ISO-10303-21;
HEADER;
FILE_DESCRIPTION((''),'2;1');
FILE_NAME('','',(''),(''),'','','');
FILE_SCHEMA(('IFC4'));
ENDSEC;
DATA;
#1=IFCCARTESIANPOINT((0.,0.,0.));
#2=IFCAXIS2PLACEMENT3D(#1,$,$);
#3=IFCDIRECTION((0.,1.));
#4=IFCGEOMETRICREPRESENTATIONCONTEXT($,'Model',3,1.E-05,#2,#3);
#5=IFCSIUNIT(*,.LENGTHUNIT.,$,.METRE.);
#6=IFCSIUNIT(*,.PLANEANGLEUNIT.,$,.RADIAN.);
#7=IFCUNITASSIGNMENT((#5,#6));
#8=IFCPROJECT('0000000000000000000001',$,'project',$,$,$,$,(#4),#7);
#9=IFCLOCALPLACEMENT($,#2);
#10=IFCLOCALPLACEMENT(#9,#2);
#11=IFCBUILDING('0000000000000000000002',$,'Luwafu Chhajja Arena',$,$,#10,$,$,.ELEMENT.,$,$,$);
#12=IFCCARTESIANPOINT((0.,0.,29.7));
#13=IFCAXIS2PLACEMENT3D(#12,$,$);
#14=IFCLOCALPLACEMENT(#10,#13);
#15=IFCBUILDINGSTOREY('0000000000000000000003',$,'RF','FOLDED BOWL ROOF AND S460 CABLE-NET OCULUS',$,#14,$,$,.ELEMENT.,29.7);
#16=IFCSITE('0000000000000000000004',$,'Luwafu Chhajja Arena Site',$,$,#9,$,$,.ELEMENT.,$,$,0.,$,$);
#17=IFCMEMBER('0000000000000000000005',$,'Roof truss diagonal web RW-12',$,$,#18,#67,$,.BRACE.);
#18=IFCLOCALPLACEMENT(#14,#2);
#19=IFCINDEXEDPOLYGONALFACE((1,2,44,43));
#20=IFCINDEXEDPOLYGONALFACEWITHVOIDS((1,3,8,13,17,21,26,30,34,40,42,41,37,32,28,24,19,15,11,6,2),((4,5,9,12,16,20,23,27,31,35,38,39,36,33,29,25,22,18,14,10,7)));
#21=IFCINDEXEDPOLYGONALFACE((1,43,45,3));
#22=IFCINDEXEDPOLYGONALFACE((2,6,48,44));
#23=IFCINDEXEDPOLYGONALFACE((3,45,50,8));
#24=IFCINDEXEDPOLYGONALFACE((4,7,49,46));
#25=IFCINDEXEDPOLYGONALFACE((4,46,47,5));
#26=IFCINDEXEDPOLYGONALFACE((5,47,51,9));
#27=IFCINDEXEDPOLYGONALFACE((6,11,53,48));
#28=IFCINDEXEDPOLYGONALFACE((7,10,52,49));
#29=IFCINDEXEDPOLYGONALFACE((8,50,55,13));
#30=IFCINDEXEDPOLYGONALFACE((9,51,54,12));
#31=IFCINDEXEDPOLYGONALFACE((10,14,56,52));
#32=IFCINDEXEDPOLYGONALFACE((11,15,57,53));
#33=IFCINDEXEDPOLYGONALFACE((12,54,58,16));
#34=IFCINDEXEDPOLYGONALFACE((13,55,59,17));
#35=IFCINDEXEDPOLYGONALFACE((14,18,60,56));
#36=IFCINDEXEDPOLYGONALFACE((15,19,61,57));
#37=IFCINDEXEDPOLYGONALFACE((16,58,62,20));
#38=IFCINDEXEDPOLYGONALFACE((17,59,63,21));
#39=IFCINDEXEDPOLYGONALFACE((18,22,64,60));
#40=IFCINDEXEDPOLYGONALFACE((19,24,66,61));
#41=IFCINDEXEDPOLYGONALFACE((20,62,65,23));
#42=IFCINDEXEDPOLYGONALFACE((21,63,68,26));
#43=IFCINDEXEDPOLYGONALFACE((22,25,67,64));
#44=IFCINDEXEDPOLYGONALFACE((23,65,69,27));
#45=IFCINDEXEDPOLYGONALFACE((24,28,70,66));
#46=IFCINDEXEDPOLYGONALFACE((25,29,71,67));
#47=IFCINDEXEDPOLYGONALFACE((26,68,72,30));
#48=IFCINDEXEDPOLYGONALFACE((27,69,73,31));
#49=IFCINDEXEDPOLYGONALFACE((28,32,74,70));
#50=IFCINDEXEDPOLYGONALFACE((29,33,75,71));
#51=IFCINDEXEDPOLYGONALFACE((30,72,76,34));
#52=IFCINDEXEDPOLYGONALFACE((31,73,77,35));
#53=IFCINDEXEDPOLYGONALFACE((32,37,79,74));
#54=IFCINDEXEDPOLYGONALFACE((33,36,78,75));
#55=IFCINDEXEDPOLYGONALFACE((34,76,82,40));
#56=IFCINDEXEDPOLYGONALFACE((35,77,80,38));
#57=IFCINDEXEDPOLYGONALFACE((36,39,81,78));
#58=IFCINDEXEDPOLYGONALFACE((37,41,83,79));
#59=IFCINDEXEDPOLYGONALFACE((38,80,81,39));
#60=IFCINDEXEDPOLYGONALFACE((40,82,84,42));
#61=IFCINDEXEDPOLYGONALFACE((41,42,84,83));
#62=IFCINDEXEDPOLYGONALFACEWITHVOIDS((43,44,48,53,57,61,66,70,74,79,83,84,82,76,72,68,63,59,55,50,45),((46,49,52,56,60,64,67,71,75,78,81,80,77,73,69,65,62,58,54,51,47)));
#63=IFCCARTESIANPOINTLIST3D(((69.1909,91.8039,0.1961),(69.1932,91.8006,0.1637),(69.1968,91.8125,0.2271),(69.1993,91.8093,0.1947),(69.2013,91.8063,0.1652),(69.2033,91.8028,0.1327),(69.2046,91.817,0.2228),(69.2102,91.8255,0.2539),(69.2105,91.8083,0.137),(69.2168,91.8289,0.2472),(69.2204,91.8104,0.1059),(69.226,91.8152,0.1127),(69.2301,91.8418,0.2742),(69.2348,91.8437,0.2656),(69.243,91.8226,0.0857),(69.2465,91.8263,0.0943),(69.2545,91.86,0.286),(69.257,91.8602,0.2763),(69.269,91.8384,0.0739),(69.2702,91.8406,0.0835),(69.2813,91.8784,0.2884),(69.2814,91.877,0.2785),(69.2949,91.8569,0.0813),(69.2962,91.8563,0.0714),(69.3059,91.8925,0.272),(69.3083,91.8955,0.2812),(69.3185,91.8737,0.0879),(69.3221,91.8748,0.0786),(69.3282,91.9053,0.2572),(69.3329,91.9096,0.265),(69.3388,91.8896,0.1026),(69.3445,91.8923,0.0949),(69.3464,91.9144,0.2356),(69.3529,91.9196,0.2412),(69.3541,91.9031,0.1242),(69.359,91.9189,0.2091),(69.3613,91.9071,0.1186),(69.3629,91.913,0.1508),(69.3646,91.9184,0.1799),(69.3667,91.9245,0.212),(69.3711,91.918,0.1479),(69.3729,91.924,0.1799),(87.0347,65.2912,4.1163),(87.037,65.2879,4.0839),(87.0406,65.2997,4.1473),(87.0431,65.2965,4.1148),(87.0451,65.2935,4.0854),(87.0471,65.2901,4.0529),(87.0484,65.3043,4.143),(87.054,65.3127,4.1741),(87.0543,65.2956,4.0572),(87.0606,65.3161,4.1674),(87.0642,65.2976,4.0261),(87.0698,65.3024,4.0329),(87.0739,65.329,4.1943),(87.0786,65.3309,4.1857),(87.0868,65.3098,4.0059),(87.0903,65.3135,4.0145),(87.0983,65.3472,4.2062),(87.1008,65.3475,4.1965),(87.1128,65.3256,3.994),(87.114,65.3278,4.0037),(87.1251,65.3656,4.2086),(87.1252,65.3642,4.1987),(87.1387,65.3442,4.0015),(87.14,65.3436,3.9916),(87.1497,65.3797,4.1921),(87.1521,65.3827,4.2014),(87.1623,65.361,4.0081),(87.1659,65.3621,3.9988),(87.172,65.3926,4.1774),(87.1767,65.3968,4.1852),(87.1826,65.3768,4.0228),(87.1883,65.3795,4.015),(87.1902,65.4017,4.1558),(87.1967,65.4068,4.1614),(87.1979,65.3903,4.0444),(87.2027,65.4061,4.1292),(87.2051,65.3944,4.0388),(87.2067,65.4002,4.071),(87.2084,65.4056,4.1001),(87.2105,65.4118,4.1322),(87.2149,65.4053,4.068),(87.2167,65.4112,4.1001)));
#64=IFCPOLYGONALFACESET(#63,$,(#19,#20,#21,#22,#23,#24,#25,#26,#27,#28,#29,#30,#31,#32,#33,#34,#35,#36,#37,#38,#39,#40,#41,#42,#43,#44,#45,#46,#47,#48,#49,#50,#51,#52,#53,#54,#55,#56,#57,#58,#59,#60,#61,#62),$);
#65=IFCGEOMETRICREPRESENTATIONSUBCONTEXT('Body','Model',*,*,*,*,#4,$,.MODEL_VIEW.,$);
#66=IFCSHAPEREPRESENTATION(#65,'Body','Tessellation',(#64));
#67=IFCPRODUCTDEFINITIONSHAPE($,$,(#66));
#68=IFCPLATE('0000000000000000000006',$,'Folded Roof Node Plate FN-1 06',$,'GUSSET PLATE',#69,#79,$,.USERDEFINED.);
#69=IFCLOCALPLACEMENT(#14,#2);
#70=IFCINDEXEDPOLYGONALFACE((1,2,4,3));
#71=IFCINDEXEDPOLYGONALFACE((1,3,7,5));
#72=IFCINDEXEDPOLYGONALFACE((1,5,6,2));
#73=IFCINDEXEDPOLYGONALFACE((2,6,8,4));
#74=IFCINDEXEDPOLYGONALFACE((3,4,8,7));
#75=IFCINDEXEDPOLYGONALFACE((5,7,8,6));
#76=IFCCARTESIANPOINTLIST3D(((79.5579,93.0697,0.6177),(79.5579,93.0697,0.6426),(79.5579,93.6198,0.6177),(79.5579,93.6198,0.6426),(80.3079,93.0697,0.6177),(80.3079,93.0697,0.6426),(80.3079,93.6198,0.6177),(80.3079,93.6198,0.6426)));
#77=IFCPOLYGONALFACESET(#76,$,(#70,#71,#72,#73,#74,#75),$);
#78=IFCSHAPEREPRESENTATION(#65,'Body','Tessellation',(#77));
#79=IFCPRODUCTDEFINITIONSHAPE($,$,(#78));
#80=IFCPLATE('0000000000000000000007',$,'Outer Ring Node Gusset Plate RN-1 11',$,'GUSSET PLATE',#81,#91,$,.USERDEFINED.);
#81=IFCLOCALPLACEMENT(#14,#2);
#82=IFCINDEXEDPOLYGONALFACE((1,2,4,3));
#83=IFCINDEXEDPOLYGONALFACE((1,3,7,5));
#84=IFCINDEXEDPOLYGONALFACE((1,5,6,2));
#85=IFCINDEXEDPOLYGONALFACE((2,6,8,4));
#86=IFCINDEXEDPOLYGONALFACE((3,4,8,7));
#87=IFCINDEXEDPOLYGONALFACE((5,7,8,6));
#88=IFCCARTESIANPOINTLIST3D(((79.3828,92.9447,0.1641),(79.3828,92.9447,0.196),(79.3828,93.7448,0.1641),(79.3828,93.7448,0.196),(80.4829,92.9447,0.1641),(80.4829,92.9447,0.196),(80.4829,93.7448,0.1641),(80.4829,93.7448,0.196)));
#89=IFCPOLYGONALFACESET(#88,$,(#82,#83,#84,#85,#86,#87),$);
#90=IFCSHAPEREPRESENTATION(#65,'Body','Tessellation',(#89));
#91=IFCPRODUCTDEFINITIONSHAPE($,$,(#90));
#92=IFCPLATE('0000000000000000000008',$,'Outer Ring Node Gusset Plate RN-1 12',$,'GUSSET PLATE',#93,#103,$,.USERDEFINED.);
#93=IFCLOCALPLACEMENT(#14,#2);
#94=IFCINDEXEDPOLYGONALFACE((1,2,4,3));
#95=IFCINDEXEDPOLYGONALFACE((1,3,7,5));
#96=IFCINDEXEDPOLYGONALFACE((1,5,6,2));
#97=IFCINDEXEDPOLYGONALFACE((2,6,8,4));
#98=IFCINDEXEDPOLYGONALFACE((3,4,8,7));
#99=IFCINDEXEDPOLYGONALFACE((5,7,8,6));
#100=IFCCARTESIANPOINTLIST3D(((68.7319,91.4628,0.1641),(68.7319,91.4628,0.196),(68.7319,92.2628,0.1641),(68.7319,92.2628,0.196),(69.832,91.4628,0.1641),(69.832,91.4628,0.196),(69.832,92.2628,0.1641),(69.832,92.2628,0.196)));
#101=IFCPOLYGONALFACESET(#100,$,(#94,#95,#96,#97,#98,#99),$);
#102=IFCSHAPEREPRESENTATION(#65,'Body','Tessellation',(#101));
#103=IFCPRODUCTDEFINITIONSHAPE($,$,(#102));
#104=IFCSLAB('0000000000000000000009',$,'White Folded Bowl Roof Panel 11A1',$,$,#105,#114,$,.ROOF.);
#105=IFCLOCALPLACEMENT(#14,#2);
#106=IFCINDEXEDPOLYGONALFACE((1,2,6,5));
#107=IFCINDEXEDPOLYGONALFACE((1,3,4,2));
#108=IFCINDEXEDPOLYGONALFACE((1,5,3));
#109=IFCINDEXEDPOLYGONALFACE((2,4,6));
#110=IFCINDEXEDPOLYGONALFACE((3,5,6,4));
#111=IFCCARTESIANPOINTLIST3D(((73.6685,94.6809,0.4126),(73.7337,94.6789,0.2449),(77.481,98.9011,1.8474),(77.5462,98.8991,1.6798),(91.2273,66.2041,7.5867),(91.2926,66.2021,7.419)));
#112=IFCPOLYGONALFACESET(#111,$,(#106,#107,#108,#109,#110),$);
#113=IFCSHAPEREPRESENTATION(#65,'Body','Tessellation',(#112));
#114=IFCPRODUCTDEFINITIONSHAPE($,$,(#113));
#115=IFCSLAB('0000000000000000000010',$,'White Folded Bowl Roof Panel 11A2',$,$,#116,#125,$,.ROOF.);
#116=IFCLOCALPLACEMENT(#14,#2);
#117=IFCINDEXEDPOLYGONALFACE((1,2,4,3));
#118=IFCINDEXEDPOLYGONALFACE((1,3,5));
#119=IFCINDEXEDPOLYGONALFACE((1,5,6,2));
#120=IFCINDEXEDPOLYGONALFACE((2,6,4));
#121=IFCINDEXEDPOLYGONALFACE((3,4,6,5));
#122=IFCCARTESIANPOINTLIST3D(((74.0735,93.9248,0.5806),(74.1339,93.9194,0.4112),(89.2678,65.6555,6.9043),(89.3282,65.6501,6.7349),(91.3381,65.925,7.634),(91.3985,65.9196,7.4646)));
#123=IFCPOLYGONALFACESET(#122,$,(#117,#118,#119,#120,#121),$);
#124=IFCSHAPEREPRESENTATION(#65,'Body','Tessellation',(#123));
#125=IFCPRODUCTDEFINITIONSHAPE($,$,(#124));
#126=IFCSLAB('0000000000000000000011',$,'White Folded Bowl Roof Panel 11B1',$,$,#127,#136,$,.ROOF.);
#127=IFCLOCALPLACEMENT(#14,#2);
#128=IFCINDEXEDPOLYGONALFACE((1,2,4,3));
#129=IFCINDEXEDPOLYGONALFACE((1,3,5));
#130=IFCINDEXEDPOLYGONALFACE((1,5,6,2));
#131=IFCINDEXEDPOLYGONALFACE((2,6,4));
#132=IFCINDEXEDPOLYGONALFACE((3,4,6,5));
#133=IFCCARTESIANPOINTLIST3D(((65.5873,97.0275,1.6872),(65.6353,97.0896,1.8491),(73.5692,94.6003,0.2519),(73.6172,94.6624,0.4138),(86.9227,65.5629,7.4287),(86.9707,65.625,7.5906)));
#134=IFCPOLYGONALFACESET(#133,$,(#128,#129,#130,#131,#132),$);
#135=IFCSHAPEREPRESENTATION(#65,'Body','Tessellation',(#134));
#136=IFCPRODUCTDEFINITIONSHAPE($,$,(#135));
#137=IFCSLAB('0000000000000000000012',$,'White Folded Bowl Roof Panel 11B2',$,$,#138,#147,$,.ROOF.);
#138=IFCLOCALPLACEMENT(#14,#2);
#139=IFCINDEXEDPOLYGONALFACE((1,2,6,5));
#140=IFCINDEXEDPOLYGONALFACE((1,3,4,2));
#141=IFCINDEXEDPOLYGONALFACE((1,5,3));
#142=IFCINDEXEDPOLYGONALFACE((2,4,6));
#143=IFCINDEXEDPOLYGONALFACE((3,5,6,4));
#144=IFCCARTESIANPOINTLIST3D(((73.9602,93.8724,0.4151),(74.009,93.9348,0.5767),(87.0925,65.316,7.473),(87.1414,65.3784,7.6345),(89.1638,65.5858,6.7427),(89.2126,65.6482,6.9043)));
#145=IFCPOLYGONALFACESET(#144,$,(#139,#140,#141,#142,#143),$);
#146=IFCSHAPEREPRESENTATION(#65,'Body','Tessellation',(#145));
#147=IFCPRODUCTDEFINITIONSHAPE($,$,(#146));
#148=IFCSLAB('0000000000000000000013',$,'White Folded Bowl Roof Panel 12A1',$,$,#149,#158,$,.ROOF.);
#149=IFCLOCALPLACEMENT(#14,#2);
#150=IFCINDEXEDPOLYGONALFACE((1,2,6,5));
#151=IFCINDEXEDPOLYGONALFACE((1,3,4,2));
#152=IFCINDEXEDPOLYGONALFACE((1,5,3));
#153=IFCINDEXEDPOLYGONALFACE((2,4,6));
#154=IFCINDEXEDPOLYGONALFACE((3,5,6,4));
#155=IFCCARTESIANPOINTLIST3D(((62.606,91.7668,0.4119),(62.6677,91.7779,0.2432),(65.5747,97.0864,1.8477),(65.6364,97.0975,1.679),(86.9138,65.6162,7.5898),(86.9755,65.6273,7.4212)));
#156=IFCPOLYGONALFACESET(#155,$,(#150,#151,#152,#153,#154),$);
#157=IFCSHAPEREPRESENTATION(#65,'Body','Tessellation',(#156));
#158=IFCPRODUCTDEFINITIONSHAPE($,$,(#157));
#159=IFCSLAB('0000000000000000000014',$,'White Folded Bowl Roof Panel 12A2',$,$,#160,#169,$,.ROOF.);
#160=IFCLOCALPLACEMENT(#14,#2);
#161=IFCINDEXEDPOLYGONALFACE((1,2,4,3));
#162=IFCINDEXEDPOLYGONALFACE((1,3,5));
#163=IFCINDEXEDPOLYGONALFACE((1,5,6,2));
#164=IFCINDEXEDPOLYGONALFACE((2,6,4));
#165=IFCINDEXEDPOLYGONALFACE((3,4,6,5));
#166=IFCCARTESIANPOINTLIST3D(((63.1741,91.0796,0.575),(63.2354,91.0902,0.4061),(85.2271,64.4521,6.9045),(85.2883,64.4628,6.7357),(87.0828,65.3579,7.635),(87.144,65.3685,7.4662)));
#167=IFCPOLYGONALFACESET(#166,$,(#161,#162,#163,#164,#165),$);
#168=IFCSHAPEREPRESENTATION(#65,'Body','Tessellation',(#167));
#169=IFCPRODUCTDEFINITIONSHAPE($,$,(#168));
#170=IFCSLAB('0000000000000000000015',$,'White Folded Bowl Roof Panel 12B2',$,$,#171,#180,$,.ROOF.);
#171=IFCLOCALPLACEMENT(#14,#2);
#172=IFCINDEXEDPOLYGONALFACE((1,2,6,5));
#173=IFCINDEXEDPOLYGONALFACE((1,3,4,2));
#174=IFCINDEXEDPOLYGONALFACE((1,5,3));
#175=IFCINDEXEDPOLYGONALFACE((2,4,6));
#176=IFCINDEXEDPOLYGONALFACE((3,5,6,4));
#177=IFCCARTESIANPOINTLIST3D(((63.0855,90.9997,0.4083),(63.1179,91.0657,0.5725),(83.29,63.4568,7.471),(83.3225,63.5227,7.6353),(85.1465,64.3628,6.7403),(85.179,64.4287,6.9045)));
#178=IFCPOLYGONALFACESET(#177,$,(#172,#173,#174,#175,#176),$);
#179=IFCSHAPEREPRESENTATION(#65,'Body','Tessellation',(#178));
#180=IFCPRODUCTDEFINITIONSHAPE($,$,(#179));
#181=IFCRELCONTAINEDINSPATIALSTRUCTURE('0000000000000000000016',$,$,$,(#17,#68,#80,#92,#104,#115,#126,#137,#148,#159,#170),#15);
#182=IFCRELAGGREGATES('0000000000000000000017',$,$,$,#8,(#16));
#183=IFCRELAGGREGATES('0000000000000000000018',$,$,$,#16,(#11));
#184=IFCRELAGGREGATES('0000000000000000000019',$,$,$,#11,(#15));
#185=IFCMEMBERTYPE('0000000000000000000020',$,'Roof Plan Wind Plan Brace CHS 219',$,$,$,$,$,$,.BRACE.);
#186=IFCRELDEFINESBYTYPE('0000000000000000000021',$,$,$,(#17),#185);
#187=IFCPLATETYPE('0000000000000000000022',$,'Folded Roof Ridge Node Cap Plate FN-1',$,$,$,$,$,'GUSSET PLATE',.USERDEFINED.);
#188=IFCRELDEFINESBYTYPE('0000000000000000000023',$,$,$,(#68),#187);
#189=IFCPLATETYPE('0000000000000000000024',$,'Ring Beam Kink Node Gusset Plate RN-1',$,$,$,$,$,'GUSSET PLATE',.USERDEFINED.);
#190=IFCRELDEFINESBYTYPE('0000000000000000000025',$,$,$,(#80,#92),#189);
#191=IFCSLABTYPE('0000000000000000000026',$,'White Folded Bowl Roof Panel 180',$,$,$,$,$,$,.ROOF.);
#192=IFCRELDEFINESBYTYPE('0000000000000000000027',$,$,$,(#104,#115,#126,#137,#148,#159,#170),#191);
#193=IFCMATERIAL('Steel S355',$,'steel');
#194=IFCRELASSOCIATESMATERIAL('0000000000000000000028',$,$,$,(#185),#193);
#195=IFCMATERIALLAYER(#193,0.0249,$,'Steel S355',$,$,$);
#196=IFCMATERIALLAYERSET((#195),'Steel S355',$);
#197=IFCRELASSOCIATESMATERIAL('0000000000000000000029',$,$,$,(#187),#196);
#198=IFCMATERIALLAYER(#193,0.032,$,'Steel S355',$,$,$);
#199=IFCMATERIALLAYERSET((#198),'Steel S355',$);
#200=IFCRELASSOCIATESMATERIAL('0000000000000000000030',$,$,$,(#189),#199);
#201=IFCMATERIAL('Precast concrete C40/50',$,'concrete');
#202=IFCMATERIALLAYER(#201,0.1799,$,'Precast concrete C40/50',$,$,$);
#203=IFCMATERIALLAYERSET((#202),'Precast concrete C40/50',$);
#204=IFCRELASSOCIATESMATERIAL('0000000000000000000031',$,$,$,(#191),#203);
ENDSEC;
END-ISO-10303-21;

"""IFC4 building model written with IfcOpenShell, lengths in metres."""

from ifc_helpers import new_model, si_unit, direction, frame, origin, origin_2d, place, context, subcontext, project, spatial, polyline, rectangle, hollow_circle, outline, extrude, material, layer, layer_set, material_profile, profile_set, type_object, element, save


model = new_model("IFC4")

# Units and contexts
model_context = context("Model", 3, precision=1e-05, world=origin(), true_north=direction((0.0, 1.0)))
body_context = subcontext(model_context, "Body", "Model", "MODEL_VIEW")
ifc_project = project(units=[si_unit("LENGTHUNIT", "METRE"), si_unit("PLANEANGLEUNIT", "RADIAN")], contexts=[model_context])

# Site, building, storey
site_placement = place(None, origin())
site = spatial("IfcSite", under=ifc_project, at=site_placement, Name="Luwafu Chhajja Arena Site", CompositionType="ELEMENT", RefElevation=0.0)
building_placement = place(site_placement, origin())
building = spatial("IfcBuilding", under=site, at=building_placement, Name="Luwafu Chhajja Arena", CompositionType="ELEMENT")
storey_placement = place(building_placement, frame((0.0, 0.0, 29.7)))
storey = spatial("IfcBuildingStorey", under=building, at=storey_placement, Name="RF", Description="FOLDED BOWL ROOF AND S460 CABLE-NET OCULUS", CompositionType="ELEMENT", Elevation=29.7)

# Shared definitions
ifc_material_1 = material(Name="Steel S355", Category="steel")

# Member
ifc_material_profile_1 = material_profile(ifc_material_1, hollow_circle(Radius=0.1096, WallThickness=0.01, at=origin_2d()), Name="CHS 219.1x10")
ifc_profile_set_1 = profile_set([ifc_material_profile_1], Name="Steel S355")
member_type = type_object("IfcMemberType", Name="Roof Plan Wind Plan Brace CHS 219", PredefinedType="BRACE", material=ifc_profile_set_1)
member_1_placement = place(storey_placement, frame((69.282, 91.8628, 0.1799), z_axis=(0.554194, -0.823435, 0.121753), x_axis=(0.829607, 0.558348, 0.0)))
element("IfcMember", 1, at=member_1_placement, inside=storey, type_object=member_type, Name="Roof truss diagonal web RW-12", PredefinedType="BRACE", context=body_context, shape_type="SweptSolid", body=[
    extrude(hollow_circle(Radius=0.1096, WallThickness=0.01, at=origin_2d()), origin(), (0.0, 0.0, 1.0), 32.1978),
])

# Plates
ifc_layer_1 = layer(ifc_material_1, 0.0249, Name="Steel S355")
ifc_layer_set_1 = layer_set([ifc_layer_1], Name="Steel S355")
plate_type_1 = type_object("IfcPlateType", Name="Folded Roof Ridge Node Cap Plate FN-1", ElementType="GUSSET PLATE", PredefinedType="USERDEFINED", material=ifc_layer_set_1)
plate_placement = place(storey_placement, frame((79.9329, 93.3447, 0.6177), z_axis=(0.0, 0.0, 1.0), x_axis=(1.0, 0.0, 0.0)))
element("IfcPlate", 2, at=plate_placement, inside=storey, type_object=plate_type_1, Name="Folded Roof Node Plate FN-1 06", ObjectType="GUSSET PLATE", PredefinedType="USERDEFINED", context=body_context, shape_type="SweptSolid", body=[
    extrude(rectangle(XDim=0.75, YDim=0.55, at=origin_2d()), origin(), (0.0, 0.0, 1.0), 0.0249),
])
ifc_layer_2 = layer(ifc_material_1, 0.032, Name="Steel S355")
ifc_layer_set_2 = layer_set([ifc_layer_2], Name="Steel S355")
plate_type_2 = type_object("IfcPlateType", Name="Ring Beam Kink Node Gusset Plate RN-1", ElementType="GUSSET PLATE", PredefinedType="USERDEFINED", material=ifc_layer_set_2)
for number, where, z_axis, x_axis, name in (
    (3, (79.9329, 93.3447, 0.1641), (0.0, 0.0, 1.0), (1.0, 0.0, 0.0), "Outer Ring Node Gusset Plate RN-1 11"),
    (4, (69.282, 91.8628, 0.1641), (0.0, 0.0, 1.0), (1.0, 0.0, 0.0), "Outer Ring Node Gusset Plate RN-1 12"),
):
    element("IfcPlate", number, at=place(storey_placement, frame(where, z_axis=z_axis, x_axis=x_axis)), inside=storey, type_object=plate_type_2, Name=name, ObjectType="GUSSET PLATE", PredefinedType="USERDEFINED", context=body_context, shape_type="SweptSolid", body=[
        extrude(rectangle(XDim=1.1001, YDim=0.8, at=origin_2d()), origin(), (0.0, 0.0, 1.0), 0.032),
    ])

# Slabs
ifc_material_2 = material(Name="Precast concrete C40/50", Category="concrete")
ifc_layer_3 = layer(ifc_material_2, 0.1799, Name="Precast concrete C40/50")
ifc_layer_set_3 = layer_set([ifc_layer_3], Name="Precast concrete C40/50")
slab_type = type_object("IfcSlabType", Name="White Folded Bowl Roof Panel 180", PredefinedType="ROOF", material=ifc_layer_set_3)
slab_1_placement = place(storey_placement, frame((77.481, 98.9011, 1.8474), z_axis=(-0.362853, 0.011005, 0.931781), x_axis=(0.382582, -0.910009, 0.159732)))
element("IfcSlab", 5, at=slab_1_placement, inside=storey, type_object=slab_type, Name="White Folded Bowl Roof Panel 11A1", PredefinedType="ROOF", context=body_context, shape_type="SweptSolid", body=[
    extrude(outline(polyline([(0.0, 0.0), (35.9304, 0.0), (2.1527, -5.4562), (0.0, 0.0)])), origin(), (0.0, 0.0, -1.0), 0.1799),
])
slab_2_placement = place(storey_placement, frame((74.0735, 93.9248, 0.5806), z_axis=(-0.335766, 0.030132, 0.941463), x_axis=(0.513182, -0.832278, 0.209661)))
element("IfcSlab", 6, at=slab_2_placement, inside=storey, type_object=slab_type, Name="White Folded Bowl Roof Panel 11A2", PredefinedType="ROOF", context=body_context, shape_type="SweptSolid", body=[
    extrude(outline(polyline([(0.0, 0.0), (33.6423, 0.0), (32.6512, -1.9771), (0.0, 0.0)])), origin(), (0.0, 0.0, -1.0), 0.1799),
])
slab_3_placement = place(storey_placement, frame((73.6172, 94.6624, 0.4138), z_axis=(0.26675, 0.345079, 0.899869), x_axis=(0.40766, -0.88646, 0.219094)))
element("IfcSlab", 7, at=slab_3_placement, inside=storey, type_object=slab_type, Name="White Folded Bowl Roof Panel 11B1", PredefinedType="ROOF", context=body_context, shape_type="SweptSolid", body=[
    extrude(outline(polyline([(0.0, 0.0), (32.7565, 0.0), (-5.0911, -6.7634), (0.0, 0.0)])), origin(), (0.0, 0.0, -1.0), 0.1799),
])
slab_4_placement = place(storey_placement, frame((74.009, 93.9348, 0.5767), z_axis=(0.271378, 0.34671, 0.897856), x_axis=(0.464501, -0.864214, 0.193322)))
element("IfcSlab", 8, at=slab_4_placement, inside=storey, type_object=slab_type, Name="White Folded Bowl Roof Panel 11B2", PredefinedType="ROOF", context=body_context, shape_type="SweptSolid", body=[
    extrude(outline(polyline([(0.0, 0.0), (32.7311, 0.0), (32.1432, -2.1332), (0.0, 0.0)])), origin(), (0.0, 0.0, -1.0), 0.1799),
])
slab_5_placement = place(storey_placement, frame((65.5747, 97.0864, 1.8477), z_axis=(-0.34301, -0.06156, 0.937312), x_axis=(0.554927, -0.818387, 0.149326)))
element("IfcSlab", 9, at=slab_5_placement, inside=storey, type_object=slab_type, Name="White Folded Bowl Roof Panel 12A1", PredefinedType="ROOF", context=body_context, shape_type="SweptSolid", body=[
    extrude(outline(polyline([(0.0, 0.0), (38.4539, 0.0), (2.4916, -5.7415), (0.0, 0.0)])), origin(), (0.0, 0.0, -1.0), 0.1799),
])
slab_6_placement = place(storey_placement, frame((63.1741, 91.0796, 0.575), z_axis=(-0.340571, -0.059005, 0.938365), x_axis=(0.667467, -0.718081, 0.197098)))
element("IfcSlab", 10, at=slab_6_placement, inside=storey, type_object=slab_type, Name="White Folded Bowl Roof Panel 12A2", PredefinedType="ROOF", context=body_context, shape_type="SweptSolid", body=[
    extrude(outline(polyline([(0.0, 0.0), (35.82, 0.0), (35.0878, -2.0644), (0.0, 0.0)])), origin(), (0.0, 0.0, -1.0), 0.1799),
])
slab_7_placement = place(storey_placement, frame((63.1179, 91.0657, 0.5725), z_axis=(0.180448, 0.366431, 0.91278), x_axis=(0.627425, -0.757566, 0.180086)))
element("IfcSlab", 11, at=slab_7_placement, inside=storey, type_object=slab_type, Name="White Folded Bowl Roof Panel 12B2", PredefinedType="ROOF", context=body_context, shape_type="SweptSolid", body=[
    extrude(outline(polyline([(0.0, 0.0), (35.1612, 0.0), (34.8144, -2.1635), (0.0, 0.0)])), origin(), (0.0, 0.0, -1.0), 0.1799),
])

save(model, "model.ifc")
